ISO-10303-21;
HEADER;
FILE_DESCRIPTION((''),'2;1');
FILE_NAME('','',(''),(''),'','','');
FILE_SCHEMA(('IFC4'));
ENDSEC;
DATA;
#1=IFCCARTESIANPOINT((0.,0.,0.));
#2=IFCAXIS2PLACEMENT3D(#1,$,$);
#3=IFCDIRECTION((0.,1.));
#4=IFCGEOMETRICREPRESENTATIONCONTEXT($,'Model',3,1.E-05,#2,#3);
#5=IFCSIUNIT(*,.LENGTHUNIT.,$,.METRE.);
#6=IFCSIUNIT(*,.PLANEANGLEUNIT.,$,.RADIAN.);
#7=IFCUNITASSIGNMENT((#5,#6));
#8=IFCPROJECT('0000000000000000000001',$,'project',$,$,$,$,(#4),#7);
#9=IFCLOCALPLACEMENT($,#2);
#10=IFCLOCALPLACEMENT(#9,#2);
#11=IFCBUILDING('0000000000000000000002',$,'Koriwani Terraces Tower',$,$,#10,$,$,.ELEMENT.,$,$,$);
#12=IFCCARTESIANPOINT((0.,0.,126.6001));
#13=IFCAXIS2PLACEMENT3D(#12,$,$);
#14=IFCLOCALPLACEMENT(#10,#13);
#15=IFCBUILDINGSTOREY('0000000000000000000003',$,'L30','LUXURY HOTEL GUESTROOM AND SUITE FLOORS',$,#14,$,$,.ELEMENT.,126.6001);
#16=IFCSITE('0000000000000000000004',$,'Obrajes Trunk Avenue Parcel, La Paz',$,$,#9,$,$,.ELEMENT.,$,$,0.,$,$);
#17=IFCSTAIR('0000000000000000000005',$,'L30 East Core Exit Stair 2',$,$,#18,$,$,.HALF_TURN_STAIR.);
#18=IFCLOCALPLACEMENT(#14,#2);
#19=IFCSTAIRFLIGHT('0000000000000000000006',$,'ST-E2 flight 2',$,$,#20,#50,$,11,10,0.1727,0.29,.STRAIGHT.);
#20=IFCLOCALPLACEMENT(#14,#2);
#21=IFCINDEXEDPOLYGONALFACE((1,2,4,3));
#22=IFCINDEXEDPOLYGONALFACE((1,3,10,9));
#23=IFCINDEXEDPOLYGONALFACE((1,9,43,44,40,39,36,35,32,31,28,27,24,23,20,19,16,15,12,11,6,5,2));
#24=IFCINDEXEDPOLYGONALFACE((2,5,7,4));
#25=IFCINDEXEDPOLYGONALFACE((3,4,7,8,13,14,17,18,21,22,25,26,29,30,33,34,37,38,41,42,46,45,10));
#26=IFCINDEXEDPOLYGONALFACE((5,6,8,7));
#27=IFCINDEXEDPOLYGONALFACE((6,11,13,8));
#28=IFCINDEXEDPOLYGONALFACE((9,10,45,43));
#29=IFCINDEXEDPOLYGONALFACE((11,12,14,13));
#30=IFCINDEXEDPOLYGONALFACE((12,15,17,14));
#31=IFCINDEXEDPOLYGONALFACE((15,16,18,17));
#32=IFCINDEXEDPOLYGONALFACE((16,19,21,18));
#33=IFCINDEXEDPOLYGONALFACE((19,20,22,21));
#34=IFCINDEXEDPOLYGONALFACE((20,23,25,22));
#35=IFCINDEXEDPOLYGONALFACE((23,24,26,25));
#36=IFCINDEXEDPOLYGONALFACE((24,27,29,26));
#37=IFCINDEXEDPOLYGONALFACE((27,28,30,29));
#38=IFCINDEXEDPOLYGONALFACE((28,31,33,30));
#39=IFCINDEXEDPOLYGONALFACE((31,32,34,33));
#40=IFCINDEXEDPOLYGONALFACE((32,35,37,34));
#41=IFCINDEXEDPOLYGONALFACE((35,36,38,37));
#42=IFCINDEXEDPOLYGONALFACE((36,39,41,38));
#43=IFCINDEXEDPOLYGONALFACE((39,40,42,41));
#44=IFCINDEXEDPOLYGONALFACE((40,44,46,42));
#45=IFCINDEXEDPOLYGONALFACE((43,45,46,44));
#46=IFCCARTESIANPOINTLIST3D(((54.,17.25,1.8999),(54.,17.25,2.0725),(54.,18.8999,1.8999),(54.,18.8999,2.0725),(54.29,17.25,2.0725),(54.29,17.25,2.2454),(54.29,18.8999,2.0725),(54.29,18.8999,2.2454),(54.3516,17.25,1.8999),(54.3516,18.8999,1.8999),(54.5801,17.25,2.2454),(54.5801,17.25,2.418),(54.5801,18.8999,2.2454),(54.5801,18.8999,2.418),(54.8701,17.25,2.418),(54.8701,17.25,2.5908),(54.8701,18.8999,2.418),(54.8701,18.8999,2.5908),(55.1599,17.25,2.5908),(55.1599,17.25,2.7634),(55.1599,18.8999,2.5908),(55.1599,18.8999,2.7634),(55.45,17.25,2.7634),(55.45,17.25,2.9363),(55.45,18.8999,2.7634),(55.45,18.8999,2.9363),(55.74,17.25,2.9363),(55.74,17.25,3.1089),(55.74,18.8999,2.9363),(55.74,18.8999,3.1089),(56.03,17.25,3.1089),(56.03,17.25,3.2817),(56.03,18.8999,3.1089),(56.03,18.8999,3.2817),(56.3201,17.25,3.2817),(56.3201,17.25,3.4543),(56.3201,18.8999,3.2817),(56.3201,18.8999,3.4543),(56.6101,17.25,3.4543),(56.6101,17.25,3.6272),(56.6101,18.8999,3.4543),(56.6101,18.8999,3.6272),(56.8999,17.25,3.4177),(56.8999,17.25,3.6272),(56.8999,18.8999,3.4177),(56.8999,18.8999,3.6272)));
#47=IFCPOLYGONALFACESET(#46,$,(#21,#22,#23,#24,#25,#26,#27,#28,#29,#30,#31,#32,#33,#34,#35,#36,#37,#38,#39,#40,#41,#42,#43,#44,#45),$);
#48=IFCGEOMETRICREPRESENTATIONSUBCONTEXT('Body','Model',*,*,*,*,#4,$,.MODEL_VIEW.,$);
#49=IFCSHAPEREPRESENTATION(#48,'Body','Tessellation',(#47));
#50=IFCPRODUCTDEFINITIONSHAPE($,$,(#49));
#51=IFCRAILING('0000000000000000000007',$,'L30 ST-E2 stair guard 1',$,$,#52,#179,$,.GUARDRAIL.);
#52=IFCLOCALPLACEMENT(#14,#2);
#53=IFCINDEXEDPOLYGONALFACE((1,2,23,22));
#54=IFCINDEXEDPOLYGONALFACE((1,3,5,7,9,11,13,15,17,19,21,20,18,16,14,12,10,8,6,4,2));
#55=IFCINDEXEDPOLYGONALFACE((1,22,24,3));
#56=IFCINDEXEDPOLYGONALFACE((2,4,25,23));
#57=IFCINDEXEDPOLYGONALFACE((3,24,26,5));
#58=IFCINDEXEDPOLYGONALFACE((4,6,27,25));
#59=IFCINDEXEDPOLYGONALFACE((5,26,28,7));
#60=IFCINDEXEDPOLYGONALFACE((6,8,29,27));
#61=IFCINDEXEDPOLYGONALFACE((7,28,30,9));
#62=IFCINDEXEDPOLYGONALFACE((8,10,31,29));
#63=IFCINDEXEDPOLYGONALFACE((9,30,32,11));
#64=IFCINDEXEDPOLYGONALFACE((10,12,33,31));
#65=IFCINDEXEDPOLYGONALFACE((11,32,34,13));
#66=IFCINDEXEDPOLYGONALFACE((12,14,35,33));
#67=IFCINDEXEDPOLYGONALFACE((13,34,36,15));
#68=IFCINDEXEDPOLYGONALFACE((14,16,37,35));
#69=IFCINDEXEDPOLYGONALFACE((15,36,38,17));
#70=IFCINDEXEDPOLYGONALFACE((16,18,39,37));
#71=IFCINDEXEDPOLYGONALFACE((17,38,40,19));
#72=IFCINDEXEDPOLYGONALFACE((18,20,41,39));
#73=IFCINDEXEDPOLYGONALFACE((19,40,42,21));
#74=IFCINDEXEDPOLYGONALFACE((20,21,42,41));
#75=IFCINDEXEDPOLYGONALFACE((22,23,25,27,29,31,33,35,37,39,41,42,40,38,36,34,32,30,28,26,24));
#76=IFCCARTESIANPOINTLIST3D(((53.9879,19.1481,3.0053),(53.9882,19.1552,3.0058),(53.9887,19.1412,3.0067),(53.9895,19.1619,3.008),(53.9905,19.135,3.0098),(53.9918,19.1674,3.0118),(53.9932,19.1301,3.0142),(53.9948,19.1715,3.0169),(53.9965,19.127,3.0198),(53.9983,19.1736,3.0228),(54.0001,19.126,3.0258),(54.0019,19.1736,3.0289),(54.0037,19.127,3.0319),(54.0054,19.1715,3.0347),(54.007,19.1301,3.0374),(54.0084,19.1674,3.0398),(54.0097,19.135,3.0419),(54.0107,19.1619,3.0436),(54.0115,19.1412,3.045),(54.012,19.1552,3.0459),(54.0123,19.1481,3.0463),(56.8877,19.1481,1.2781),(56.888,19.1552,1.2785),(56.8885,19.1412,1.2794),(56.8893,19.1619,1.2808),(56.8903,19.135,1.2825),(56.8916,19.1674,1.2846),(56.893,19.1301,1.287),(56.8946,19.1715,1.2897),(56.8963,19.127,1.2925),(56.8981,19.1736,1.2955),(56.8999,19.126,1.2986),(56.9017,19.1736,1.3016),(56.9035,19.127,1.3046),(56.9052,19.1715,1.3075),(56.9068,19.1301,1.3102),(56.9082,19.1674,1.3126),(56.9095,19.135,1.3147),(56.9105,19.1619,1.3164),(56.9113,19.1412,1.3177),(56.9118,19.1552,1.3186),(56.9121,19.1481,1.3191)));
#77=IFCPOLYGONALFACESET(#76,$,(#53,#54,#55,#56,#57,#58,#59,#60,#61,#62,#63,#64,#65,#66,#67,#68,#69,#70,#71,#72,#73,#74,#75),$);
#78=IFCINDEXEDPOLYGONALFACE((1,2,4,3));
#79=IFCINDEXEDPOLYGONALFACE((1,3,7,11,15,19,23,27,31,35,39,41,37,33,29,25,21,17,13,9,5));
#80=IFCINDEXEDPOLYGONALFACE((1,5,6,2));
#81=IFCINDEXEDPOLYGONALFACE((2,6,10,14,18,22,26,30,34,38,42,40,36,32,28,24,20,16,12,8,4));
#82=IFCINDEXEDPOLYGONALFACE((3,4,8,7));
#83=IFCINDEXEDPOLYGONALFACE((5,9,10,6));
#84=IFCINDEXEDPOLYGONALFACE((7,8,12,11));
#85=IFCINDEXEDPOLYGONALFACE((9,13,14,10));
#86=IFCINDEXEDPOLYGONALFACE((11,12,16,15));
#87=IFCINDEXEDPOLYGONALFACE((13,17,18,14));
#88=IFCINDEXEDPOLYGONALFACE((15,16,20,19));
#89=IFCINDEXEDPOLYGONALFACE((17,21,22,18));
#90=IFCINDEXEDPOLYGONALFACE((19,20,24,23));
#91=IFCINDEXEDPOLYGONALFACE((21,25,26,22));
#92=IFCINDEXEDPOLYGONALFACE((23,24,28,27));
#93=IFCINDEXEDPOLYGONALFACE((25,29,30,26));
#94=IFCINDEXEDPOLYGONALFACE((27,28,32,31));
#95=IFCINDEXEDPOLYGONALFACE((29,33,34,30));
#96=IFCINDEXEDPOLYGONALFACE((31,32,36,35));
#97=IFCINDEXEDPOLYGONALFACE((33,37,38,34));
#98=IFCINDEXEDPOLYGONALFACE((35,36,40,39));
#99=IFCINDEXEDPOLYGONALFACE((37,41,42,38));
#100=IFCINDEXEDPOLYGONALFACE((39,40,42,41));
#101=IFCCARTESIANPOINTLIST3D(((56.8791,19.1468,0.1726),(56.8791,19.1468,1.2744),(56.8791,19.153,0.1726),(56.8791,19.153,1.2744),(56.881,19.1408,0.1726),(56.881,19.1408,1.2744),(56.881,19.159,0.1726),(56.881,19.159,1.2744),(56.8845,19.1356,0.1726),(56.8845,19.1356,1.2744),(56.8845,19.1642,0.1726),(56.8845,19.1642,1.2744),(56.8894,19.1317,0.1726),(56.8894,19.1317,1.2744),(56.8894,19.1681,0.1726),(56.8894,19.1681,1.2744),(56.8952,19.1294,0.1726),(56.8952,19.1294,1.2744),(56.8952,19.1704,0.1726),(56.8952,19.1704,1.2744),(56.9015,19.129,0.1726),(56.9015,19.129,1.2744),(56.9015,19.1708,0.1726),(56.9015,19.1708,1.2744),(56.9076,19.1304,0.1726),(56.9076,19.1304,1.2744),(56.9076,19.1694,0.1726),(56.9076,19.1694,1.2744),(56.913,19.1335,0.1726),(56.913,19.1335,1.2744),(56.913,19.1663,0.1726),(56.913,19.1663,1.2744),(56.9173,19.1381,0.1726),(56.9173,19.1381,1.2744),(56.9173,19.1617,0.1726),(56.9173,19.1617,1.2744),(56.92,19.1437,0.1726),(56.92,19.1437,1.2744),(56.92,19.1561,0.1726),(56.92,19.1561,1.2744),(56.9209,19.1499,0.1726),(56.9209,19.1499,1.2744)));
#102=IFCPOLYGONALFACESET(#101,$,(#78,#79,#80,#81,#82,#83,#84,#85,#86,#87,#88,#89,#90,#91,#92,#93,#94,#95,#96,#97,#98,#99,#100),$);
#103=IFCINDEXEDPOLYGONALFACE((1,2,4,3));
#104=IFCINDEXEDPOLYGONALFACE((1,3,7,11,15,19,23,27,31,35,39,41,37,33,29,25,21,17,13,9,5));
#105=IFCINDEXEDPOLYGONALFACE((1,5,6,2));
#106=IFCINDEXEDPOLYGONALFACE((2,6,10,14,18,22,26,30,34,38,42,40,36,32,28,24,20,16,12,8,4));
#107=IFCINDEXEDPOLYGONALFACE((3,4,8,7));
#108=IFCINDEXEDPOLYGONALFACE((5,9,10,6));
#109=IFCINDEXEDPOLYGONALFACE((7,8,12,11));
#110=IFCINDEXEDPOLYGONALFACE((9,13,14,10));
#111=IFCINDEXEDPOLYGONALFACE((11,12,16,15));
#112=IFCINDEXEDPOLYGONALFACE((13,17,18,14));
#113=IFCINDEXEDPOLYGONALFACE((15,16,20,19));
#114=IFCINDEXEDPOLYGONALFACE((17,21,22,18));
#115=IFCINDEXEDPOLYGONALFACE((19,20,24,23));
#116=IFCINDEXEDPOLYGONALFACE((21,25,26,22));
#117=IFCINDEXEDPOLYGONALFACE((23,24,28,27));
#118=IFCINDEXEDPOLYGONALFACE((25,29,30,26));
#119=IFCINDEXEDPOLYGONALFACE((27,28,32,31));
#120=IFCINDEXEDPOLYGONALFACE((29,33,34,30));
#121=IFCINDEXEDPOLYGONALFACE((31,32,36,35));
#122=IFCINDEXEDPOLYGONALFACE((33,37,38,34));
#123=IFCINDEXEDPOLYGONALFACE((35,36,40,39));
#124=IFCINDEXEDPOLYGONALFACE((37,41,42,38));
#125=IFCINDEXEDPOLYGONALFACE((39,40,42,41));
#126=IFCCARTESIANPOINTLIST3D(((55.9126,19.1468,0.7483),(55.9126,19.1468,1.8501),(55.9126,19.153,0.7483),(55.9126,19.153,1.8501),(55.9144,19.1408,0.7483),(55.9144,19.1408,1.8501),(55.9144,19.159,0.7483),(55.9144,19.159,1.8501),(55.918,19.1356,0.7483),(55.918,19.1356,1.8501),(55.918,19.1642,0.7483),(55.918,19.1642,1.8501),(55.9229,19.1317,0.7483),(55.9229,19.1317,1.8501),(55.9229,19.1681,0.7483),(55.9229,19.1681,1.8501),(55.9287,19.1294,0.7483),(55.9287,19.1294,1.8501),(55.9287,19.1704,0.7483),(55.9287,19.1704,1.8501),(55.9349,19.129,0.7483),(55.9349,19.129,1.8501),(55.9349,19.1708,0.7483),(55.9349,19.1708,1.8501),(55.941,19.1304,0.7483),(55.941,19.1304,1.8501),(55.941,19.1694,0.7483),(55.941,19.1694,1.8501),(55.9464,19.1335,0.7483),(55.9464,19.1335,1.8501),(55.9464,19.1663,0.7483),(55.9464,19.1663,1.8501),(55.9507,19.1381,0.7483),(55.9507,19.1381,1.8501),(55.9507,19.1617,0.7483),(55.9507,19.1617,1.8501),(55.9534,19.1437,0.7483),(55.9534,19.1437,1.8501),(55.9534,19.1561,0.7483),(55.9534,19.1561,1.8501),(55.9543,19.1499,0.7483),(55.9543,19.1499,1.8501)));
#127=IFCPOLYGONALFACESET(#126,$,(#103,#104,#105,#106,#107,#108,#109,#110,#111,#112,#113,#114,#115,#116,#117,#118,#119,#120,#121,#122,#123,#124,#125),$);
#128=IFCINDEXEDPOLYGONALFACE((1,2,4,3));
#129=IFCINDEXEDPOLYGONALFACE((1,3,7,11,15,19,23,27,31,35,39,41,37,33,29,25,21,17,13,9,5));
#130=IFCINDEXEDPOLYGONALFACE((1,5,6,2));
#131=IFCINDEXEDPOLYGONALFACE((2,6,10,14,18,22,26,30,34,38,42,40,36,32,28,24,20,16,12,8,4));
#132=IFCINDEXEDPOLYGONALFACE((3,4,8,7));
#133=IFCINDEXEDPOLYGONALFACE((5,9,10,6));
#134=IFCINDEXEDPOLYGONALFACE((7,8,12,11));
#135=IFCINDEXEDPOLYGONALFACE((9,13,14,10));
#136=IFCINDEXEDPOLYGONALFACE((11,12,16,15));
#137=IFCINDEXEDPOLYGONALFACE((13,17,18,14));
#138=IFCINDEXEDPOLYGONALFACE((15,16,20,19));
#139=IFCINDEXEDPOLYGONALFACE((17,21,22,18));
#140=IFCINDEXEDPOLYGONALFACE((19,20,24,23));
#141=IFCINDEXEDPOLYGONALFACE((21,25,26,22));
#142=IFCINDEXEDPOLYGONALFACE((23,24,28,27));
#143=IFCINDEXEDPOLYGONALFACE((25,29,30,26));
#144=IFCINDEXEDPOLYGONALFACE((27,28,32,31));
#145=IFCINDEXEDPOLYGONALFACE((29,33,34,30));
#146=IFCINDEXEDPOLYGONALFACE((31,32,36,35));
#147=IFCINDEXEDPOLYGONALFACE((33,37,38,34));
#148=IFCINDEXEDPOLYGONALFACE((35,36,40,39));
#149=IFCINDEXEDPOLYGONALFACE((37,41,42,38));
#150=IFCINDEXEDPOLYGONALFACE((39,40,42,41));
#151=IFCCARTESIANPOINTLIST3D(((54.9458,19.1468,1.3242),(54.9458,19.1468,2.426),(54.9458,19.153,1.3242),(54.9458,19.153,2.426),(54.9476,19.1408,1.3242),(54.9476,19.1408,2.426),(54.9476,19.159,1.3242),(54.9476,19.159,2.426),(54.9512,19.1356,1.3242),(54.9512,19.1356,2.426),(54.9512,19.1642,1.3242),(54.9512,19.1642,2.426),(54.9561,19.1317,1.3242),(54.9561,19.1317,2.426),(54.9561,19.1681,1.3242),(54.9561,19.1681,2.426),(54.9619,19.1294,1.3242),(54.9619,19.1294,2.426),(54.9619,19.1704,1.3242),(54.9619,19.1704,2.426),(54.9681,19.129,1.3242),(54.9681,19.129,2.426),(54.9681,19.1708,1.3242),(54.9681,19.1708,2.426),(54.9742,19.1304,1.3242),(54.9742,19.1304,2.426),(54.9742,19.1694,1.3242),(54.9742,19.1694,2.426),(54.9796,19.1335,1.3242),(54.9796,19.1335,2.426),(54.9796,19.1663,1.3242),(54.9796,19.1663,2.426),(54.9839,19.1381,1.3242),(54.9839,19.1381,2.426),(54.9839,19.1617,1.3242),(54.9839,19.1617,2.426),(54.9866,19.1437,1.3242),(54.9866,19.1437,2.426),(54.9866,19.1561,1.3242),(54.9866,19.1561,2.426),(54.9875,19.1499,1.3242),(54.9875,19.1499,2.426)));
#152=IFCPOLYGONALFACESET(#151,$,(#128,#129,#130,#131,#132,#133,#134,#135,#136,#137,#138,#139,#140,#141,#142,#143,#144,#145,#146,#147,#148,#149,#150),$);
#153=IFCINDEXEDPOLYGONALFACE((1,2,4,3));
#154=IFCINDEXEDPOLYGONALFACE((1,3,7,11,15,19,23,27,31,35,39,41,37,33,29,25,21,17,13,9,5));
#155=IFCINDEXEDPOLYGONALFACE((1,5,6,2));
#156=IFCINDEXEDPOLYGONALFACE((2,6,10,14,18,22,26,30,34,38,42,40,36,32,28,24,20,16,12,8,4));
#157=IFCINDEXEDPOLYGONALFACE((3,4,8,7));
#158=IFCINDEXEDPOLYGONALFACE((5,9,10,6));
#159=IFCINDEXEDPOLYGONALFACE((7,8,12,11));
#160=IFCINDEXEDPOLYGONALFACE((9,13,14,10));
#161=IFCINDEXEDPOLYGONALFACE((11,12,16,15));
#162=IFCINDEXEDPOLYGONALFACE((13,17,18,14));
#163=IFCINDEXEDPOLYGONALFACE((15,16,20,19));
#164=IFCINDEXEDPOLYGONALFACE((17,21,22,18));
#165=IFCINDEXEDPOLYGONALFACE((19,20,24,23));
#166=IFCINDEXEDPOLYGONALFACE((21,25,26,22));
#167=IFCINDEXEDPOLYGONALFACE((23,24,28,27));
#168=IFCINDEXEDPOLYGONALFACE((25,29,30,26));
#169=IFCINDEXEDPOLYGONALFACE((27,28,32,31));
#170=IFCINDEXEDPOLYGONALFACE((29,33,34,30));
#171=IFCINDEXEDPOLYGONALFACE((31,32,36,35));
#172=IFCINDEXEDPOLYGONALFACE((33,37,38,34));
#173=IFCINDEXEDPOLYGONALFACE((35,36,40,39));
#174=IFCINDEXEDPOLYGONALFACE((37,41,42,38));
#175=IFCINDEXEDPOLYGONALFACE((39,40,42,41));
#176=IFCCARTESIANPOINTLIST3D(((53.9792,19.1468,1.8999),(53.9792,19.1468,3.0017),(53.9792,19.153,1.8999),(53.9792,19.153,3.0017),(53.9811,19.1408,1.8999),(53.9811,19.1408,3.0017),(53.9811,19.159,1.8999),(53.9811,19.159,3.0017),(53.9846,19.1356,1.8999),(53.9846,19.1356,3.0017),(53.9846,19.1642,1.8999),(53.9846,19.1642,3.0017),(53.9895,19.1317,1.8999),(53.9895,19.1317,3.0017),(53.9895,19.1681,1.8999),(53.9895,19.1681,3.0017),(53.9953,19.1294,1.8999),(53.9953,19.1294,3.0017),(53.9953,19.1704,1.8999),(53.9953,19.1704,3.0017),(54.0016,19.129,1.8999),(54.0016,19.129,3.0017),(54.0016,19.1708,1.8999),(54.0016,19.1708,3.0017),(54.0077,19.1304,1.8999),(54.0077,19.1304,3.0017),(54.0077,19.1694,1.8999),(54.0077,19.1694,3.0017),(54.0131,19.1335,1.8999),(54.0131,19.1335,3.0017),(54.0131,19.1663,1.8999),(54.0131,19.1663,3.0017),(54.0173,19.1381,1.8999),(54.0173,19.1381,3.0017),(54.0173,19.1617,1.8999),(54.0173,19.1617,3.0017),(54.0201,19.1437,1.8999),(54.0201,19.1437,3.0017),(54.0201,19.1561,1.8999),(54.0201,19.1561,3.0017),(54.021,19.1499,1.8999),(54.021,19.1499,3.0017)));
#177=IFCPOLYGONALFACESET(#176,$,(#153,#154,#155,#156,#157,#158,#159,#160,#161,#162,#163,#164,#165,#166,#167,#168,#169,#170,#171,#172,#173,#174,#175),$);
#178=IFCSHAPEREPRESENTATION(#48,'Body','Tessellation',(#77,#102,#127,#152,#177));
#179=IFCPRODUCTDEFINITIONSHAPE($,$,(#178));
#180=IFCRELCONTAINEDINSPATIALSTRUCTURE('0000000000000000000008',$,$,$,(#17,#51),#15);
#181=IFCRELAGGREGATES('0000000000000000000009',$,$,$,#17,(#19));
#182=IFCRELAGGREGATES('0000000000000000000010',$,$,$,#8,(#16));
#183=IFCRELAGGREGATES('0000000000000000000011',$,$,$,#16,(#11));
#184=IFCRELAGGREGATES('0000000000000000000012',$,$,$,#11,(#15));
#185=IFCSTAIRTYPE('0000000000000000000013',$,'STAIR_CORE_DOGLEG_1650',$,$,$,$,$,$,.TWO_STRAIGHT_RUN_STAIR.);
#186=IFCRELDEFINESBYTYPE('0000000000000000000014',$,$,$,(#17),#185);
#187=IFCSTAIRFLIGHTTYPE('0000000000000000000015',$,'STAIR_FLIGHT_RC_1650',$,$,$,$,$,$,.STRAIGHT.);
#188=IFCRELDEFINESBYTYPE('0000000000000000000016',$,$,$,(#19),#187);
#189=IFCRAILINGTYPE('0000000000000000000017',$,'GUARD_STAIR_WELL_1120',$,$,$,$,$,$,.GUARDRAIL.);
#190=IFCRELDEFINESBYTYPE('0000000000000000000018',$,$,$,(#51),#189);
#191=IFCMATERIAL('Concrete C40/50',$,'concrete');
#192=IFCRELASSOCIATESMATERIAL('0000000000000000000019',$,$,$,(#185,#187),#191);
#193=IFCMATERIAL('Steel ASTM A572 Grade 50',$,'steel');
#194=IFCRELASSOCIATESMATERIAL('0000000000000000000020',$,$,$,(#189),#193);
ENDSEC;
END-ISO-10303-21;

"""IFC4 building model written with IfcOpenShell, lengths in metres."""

from ifc_helpers import new_model, si_unit, direction, frame, origin, origin_2d, place, context, subcontext, project, spatial, polyline, circle, outline, extrude, material, type_object, element, aggregate, save


model = new_model("IFC4")

# Units and contexts
model_context = context("Model", 3, precision=1e-05, world=origin(), true_north=direction((0.0, 1.0)))
body_context = subcontext(model_context, "Body", "Model", "MODEL_VIEW")
ifc_project = project(units=[si_unit("LENGTHUNIT", "METRE"), si_unit("PLANEANGLEUNIT", "RADIAN")], contexts=[model_context])

# Site, building, storey
site_placement = place(None, origin())
site = spatial("IfcSite", under=ifc_project, at=site_placement, Name="Obrajes Trunk Avenue Parcel, La Paz", CompositionType="ELEMENT", RefElevation=0.0)
building_placement = place(site_placement, origin())
building = spatial("IfcBuilding", under=site, at=building_placement, Name="Koriwani Terraces Tower", CompositionType="ELEMENT")
storey_placement = place(building_placement, frame((0.0, 0.0, 126.6001)))
storey = spatial("IfcBuildingStorey", under=building, at=storey_placement, Name="L30", Description="LUXURY HOTEL GUESTROOM AND SUITE FLOORS", CompositionType="ELEMENT", Elevation=126.6001)

# Shared definitions
ifc_material_1 = material(Name="Steel ASTM A572 Grade 50", Category="steel")

# Shared definitions
ifc_material_2 = material(Name="Concrete C40/50", Category="concrete")

# Stair, stair flight
stair_type = type_object("IfcStairType", Name="STAIR_CORE_DOGLEG_1650", PredefinedType="TWO_STRAIGHT_RUN_STAIR", material=ifc_material_2)
stair_placement = place(storey_placement, origin())
stair = element("IfcStair", 1, at=stair_placement, inside=storey, type_object=stair_type, Name="L30 East Core Exit Stair 2", PredefinedType="HALF_TURN_STAIR")
stair_flight_type = type_object("IfcStairFlightType", Name="STAIR_FLIGHT_RC_1650", PredefinedType="STRAIGHT", material=ifc_material_2)
stair_flight_1_placement = place(storey_placement, frame((54.0, 18.075, 1.8999), z_axis=(0.0, 0.0, 1.0), x_axis=(1.0, 0.0, 0.0)))
stair_flight_1 = element("IfcStairFlight", 2, at=stair_flight_1_placement, type_object=stair_flight_type, Name="ST-E2 flight 2", NumberOfRisers=11, NumberOfTreads=10, PredefinedType="STRAIGHT", RiserHeight=0.1727, TreadLength=0.29, context=body_context, shape_type="SweptSolid", body=[
    extrude(outline(polyline([(0.0, 0.0), (0.0, 0.1726), (0.29, 0.1726), (0.29, 0.3455), (0.5801, 0.3455), (0.5801, 0.5181), (0.8701, 0.5181), (0.8701, 0.6909), (1.1599, 0.6909), (1.1599, 0.8635), (1.45, 0.8635), (1.45, 1.0364), (1.74, 1.0364), (1.74, 1.209), (2.03, 1.209), (2.03, 1.3818), (2.3201, 1.3818), (2.3201, 1.5544), (2.6101, 1.5544), (2.6101, 1.7273), (2.8999, 1.7273), (2.8999, 1.8999), (2.8999, 1.5178), (0.3516, 0.0), (0.0, 0.0)])), frame((0.0, 0.825, 0.0), z_axis=(0.0, -1.0, 0.0), x_axis=(1.0, 0.0, 0.0)), (0.0, 0.0, 1.0), 1.6499),
])
aggregate(stair, [stair_flight_1])

# Railing
railing_type_1 = type_object("IfcRailingType", Name="GUARD_STAIR_WELL_1120", PredefinedType="GUARDRAIL", material=ifc_material_1)
railing_1_placement = place(storey_placement, frame((56.8999, 19.1499, 0.1726)))
element("IfcRailing", 3, at=railing_1_placement, inside=storey, type_object=railing_type_1, Name="L30 ST-E2 stair guard 1", PredefinedType="GUARDRAIL", context=body_context, shape_type="SweptSolid", body=[
    extrude(circle(Radius=0.0239, at=origin_2d()), frame((0.0, 0.0, 1.126), z_axis=(-0.859141, 0.0, 0.511738), x_axis=(0.0, -1.0, 0.0)), (0.0, 0.0, 1.0), 3.3752),
    extrude(circle(Radius=0.021, at=origin_2d()), origin(), (0.0, 0.0, 1.0), 1.1018),
    extrude(circle(Radius=0.021, at=origin_2d()), frame((-0.9666, 0.0, 0.5757)), (0.0, 0.0, 1.0), 1.1018),
    extrude(circle(Radius=0.021, at=origin_2d()), frame((-1.9333, 0.0, 1.1516)), (0.0, 0.0, 1.0), 1.1018),
    extrude(circle(Radius=0.021, at=origin_2d()), frame((-2.8999, 0.0, 1.7273)), (0.0, 0.0, 1.0), 1.1018),
])

save(model, "model.ifc")
